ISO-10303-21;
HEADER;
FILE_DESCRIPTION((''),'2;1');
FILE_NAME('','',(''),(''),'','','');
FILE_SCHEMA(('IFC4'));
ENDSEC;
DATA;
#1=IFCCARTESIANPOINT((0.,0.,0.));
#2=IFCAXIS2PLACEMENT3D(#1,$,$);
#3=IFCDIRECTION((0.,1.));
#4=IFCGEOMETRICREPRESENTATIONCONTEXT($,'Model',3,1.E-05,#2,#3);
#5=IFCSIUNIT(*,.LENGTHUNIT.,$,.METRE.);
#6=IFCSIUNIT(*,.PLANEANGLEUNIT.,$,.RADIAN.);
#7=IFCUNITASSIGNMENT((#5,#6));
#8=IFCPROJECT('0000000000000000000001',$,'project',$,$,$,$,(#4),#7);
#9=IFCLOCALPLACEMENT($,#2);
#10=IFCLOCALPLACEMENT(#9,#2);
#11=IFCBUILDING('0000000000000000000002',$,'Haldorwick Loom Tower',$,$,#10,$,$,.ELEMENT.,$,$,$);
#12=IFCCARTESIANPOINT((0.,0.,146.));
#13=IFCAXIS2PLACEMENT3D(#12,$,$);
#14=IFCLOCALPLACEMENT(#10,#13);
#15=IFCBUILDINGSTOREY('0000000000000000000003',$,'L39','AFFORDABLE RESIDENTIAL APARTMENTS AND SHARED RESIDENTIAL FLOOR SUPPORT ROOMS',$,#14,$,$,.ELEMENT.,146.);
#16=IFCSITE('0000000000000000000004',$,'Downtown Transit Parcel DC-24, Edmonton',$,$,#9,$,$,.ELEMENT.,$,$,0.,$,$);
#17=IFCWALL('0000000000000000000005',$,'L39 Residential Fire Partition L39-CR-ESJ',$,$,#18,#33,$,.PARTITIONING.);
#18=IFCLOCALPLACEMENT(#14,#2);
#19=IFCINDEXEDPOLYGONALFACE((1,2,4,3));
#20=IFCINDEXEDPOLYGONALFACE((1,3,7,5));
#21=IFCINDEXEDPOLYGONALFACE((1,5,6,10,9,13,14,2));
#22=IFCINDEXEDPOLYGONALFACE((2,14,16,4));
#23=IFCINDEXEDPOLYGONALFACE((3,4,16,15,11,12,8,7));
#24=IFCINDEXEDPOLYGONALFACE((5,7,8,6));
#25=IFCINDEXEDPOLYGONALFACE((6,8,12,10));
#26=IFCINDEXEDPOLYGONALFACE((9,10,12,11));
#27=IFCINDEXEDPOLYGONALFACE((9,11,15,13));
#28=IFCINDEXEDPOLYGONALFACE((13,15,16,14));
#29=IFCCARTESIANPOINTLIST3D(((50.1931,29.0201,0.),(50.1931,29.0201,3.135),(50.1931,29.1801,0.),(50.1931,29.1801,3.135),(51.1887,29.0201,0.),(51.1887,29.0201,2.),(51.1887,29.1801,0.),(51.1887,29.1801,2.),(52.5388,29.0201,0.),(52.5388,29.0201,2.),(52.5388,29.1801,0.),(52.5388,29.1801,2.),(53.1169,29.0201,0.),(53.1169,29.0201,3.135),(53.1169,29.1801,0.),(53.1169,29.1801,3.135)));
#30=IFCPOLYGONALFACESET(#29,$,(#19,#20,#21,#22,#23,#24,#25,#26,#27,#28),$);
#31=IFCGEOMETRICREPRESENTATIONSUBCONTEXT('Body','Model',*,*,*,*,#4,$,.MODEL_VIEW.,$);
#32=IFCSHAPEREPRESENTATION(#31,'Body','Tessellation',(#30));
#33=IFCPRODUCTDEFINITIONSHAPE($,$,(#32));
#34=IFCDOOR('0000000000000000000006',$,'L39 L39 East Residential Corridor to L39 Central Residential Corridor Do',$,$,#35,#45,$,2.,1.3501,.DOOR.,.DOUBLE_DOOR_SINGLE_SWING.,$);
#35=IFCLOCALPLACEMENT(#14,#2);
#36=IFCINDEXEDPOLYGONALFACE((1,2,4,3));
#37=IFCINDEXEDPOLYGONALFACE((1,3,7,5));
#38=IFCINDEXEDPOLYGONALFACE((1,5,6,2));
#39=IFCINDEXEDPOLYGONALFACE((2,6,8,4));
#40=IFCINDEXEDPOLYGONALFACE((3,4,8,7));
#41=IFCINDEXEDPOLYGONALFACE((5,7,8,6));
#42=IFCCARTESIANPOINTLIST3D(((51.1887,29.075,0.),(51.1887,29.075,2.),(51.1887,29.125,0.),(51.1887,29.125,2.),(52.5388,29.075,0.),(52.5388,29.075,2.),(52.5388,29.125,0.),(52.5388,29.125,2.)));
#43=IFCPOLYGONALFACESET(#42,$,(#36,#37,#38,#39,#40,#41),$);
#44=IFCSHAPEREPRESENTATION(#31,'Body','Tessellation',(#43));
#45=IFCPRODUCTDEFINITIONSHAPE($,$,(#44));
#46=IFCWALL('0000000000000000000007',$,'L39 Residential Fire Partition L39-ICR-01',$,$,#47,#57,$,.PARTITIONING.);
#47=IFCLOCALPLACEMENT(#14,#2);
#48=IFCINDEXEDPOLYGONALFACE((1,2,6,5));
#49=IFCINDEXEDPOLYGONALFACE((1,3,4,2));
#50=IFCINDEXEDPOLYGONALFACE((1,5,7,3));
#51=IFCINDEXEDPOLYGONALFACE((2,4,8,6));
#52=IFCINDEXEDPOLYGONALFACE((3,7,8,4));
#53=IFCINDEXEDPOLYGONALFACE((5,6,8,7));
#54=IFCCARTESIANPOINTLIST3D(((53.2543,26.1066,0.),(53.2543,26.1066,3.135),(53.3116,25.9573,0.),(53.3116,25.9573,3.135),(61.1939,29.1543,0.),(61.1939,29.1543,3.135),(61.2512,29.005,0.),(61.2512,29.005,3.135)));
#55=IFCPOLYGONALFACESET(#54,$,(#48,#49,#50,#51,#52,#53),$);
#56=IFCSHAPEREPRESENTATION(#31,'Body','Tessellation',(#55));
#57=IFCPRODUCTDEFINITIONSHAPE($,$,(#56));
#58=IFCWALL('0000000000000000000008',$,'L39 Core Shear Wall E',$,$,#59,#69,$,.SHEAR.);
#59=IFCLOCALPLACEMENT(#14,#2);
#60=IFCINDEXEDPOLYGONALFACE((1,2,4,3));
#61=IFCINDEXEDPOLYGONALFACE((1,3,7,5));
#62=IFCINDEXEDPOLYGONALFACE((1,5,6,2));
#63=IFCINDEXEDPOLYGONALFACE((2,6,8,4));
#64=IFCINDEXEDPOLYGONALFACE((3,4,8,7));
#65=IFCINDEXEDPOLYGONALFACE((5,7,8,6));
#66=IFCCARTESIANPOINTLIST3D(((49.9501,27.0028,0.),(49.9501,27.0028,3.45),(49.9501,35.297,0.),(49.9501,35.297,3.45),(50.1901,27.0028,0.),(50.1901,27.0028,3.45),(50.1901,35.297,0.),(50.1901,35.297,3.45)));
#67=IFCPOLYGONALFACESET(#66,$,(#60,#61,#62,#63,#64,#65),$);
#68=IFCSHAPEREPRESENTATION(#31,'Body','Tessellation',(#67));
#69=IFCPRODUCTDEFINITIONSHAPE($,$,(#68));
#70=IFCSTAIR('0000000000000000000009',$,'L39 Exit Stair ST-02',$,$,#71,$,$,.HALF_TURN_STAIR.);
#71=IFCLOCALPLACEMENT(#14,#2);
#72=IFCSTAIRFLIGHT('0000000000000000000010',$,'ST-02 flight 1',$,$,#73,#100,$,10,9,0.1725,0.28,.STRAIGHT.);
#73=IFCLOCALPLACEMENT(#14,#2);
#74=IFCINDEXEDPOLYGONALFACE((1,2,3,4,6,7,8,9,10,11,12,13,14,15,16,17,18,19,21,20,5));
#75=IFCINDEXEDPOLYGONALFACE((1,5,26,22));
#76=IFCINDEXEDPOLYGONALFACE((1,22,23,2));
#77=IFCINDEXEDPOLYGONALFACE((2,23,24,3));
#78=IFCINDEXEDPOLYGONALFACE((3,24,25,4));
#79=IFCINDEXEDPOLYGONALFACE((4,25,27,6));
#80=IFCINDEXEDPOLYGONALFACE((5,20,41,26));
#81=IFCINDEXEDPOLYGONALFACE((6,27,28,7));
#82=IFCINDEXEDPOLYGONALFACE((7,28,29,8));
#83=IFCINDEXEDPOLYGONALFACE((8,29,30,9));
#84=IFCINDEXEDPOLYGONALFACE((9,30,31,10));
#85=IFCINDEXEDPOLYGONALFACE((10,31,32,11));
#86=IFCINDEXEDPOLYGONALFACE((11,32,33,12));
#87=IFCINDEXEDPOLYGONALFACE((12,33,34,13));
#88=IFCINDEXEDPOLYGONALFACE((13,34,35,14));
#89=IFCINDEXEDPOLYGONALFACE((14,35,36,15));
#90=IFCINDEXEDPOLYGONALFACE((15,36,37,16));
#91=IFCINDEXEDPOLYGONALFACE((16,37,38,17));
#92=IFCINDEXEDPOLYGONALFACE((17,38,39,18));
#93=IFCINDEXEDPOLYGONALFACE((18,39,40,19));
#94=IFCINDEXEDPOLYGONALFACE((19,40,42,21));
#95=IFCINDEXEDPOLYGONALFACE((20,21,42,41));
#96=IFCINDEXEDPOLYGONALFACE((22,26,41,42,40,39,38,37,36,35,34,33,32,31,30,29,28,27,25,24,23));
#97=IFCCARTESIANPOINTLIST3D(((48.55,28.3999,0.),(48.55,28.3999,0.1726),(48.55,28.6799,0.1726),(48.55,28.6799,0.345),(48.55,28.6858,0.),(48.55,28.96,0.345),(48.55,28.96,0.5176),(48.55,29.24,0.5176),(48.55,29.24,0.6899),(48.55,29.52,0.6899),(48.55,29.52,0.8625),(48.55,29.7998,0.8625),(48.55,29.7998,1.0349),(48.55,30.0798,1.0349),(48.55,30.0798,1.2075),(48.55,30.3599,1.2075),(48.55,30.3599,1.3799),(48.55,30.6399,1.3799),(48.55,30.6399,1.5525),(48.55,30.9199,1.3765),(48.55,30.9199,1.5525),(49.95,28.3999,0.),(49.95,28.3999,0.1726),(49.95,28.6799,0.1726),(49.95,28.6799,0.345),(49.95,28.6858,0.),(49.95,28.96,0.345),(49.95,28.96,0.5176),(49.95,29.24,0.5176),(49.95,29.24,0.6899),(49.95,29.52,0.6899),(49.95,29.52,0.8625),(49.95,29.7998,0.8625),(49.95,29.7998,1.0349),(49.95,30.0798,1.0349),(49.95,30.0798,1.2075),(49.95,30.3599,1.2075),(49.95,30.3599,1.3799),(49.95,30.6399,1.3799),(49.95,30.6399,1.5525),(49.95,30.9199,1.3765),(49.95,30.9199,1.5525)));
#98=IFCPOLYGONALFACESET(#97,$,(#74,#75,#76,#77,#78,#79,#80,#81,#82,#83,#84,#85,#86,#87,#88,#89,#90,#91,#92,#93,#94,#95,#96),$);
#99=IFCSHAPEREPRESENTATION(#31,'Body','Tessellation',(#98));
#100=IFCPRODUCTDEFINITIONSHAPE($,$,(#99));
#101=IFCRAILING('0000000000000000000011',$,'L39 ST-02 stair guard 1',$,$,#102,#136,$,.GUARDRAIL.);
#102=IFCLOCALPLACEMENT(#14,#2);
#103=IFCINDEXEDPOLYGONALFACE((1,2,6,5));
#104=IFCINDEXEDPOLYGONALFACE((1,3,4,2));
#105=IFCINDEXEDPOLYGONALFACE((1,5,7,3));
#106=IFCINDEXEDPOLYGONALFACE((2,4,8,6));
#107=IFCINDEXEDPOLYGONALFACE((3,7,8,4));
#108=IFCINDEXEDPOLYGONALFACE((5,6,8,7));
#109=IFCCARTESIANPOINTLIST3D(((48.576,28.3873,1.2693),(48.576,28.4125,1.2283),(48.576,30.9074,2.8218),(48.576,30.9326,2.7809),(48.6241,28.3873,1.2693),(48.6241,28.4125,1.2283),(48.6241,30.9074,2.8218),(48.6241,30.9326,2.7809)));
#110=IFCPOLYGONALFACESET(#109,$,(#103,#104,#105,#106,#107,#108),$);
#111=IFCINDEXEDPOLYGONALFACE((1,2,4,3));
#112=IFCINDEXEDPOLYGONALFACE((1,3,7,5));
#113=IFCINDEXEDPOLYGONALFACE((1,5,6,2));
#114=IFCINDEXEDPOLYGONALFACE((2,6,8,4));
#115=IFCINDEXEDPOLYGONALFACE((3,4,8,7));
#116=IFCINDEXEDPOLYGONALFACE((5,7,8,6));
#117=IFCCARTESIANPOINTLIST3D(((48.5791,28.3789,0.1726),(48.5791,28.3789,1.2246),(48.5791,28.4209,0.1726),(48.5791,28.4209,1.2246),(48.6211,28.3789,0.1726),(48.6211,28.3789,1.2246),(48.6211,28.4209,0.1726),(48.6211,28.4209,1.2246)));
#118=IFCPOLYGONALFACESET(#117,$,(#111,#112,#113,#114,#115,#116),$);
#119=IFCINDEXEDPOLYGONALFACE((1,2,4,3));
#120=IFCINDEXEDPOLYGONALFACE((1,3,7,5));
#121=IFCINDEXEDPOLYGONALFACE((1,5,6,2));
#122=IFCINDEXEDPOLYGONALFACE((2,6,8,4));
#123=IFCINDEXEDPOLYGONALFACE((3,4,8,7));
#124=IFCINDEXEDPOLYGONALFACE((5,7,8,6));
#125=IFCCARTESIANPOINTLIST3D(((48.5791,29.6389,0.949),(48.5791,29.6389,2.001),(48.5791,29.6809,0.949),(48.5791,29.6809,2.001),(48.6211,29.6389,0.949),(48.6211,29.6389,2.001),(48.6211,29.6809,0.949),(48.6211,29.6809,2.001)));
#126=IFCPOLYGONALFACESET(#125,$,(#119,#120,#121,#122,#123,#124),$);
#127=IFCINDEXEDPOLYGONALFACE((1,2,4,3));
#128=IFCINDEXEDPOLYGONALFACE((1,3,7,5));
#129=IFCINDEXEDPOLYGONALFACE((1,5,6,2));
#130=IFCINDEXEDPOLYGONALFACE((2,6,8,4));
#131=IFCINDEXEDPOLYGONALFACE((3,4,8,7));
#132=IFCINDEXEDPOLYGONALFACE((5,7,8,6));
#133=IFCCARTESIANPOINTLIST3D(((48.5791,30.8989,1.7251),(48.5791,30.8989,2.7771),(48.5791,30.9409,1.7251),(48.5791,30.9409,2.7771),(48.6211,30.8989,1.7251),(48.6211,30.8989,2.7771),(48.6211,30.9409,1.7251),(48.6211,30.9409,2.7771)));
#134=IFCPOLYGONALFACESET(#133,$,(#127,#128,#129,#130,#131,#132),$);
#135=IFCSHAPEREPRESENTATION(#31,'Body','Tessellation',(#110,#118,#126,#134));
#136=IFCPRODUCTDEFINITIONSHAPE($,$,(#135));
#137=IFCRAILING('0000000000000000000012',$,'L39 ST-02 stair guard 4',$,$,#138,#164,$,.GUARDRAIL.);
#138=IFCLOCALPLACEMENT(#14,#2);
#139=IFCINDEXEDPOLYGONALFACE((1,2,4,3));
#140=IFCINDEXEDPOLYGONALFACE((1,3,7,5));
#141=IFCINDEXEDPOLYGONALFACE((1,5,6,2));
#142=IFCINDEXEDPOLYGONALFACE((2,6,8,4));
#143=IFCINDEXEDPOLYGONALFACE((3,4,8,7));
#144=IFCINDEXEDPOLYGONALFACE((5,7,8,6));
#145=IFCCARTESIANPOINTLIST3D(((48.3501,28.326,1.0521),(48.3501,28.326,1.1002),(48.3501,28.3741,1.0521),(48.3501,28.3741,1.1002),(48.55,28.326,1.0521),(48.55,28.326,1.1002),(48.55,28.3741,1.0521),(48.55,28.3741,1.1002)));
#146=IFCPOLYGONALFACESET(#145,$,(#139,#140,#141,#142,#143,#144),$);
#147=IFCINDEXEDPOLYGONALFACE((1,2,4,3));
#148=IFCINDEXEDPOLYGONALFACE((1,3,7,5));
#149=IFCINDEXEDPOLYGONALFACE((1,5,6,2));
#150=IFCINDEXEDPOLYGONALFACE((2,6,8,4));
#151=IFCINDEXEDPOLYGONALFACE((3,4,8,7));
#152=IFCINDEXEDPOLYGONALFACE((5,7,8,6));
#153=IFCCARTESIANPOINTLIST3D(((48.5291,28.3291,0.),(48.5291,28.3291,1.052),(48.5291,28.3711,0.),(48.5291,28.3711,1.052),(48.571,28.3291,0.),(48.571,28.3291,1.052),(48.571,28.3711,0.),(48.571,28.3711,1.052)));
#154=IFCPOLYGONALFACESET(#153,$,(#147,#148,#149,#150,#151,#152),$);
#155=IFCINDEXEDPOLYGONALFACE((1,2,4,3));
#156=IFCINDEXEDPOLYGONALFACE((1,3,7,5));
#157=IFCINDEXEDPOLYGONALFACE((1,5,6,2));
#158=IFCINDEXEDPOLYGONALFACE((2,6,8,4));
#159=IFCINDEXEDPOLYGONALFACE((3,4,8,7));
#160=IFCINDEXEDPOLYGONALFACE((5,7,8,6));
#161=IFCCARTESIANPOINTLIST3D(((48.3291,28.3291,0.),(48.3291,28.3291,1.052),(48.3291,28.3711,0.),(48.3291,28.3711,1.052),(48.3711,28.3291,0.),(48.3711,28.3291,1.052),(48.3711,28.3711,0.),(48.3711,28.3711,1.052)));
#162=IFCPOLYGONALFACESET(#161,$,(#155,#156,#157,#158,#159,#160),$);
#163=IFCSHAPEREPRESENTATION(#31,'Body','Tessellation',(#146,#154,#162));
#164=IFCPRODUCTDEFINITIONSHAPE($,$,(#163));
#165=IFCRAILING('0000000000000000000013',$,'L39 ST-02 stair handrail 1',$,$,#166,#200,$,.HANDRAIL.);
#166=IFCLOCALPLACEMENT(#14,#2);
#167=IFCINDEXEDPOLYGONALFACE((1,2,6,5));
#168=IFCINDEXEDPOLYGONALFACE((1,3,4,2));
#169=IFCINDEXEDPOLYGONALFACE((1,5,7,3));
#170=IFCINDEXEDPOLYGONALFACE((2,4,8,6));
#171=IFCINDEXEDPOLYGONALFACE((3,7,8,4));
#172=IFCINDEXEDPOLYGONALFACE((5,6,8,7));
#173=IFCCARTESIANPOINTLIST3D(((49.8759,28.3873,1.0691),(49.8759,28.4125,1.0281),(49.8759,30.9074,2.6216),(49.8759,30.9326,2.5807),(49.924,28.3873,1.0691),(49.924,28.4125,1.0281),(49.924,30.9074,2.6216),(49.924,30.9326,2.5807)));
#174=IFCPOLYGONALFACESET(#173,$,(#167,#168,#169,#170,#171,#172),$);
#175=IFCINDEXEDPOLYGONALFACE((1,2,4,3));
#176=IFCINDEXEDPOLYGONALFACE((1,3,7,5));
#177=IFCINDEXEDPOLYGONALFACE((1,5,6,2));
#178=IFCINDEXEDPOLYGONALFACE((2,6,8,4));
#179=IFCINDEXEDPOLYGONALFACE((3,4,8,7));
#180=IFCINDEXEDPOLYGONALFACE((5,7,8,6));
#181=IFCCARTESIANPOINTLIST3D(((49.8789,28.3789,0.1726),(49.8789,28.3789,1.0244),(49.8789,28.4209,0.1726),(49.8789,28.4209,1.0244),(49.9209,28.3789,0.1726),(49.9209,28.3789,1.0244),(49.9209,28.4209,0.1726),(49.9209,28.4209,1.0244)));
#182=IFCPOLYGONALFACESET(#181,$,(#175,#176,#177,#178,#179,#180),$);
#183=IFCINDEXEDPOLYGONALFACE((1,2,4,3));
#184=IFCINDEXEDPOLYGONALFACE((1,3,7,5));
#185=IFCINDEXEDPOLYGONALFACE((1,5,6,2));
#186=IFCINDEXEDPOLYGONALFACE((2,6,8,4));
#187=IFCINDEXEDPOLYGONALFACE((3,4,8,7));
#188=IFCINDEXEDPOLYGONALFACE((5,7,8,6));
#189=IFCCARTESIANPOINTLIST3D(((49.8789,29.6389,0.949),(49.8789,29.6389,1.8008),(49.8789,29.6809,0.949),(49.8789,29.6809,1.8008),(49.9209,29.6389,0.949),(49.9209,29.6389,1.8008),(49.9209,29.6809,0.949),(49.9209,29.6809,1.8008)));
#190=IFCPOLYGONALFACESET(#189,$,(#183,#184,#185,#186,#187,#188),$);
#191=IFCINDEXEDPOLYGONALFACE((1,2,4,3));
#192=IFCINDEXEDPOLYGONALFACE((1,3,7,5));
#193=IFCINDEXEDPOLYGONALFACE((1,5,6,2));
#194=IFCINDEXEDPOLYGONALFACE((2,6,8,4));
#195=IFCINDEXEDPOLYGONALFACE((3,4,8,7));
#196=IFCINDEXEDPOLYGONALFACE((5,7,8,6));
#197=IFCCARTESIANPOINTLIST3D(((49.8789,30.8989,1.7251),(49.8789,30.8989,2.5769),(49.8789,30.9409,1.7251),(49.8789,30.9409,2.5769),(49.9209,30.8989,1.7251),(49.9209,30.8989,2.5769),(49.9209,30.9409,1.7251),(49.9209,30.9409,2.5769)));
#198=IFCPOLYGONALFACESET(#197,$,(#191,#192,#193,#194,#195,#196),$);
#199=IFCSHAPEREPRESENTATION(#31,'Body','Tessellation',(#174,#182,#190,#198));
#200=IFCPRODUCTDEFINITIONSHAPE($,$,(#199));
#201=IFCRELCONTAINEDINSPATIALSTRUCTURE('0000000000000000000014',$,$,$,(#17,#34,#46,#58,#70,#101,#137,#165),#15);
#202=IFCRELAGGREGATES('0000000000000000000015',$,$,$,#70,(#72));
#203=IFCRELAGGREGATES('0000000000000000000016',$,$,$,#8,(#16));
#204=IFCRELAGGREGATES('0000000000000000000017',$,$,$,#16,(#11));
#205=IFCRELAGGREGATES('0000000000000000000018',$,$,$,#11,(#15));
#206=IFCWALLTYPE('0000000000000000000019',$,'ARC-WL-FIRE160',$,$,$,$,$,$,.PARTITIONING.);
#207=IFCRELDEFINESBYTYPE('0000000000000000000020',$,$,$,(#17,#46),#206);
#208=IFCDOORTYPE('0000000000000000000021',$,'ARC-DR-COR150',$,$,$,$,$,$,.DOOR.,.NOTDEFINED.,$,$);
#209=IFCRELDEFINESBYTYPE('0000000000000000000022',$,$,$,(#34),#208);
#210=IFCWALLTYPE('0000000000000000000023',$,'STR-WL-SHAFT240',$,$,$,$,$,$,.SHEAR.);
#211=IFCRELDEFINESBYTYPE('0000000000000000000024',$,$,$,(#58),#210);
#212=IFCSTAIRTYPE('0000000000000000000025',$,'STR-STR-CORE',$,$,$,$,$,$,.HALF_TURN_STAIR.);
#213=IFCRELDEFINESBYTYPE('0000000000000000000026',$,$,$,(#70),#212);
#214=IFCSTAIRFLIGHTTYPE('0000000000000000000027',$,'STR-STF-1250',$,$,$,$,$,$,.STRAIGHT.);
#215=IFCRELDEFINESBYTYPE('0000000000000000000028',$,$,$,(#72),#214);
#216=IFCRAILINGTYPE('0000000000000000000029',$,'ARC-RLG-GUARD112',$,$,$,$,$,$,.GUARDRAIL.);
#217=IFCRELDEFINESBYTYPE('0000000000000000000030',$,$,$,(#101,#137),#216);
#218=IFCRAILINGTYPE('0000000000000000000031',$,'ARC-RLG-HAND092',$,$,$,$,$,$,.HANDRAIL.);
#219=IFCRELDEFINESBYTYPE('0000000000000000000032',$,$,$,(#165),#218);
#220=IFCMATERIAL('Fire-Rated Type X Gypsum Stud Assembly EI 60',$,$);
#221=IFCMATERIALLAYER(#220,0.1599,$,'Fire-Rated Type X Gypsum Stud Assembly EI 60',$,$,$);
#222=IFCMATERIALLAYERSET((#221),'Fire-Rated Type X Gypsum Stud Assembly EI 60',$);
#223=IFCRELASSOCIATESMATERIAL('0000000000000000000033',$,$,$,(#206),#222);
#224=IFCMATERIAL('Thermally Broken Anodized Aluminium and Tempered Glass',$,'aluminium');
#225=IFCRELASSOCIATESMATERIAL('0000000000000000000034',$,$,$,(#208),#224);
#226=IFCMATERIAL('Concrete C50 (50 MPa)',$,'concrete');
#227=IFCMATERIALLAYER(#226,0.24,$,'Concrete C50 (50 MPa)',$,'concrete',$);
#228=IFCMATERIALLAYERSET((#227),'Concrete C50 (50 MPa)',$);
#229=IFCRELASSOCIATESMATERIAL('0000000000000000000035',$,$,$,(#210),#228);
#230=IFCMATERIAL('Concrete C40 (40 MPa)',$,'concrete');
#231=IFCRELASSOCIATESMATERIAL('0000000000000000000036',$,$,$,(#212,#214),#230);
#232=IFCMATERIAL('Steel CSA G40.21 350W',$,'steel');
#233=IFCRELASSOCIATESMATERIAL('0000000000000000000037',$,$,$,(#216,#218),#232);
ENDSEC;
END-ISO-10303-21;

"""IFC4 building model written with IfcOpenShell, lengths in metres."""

from ifc_helpers import new_model, si_unit, direction, frame, frame_2d, origin, origin_2d, place, context, subcontext, project, spatial, polyline, rectangle, outline, extrude, material, layer, layer_set, type_object, element, fill, aggregate, save


model = new_model("IFC4")

# Units and contexts
model_context = context("Model", 3, precision=1e-05, world=origin(), true_north=direction((0.0, 1.0)))
body_context = subcontext(model_context, "Body", "Model", "MODEL_VIEW")
ifc_project = project(units=[si_unit("LENGTHUNIT", "METRE"), si_unit("PLANEANGLEUNIT", "RADIAN")], contexts=[model_context])

# Site, building, storey
site_placement = place(None, origin())
site = spatial("IfcSite", under=ifc_project, at=site_placement, Name="Downtown Transit Parcel DC-24, Edmonton", CompositionType="ELEMENT", RefElevation=0.0)
building_placement = place(site_placement, origin())
building = spatial("IfcBuilding", under=site, at=building_placement, Name="Haldorwick Loom Tower", CompositionType="ELEMENT")
storey_placement = place(building_placement, frame((0.0, 0.0, 146.0)))
storey = spatial("IfcBuildingStorey", under=building, at=storey_placement, Name="L39", Description="AFFORDABLE RESIDENTIAL APARTMENTS AND SHARED RESIDENTIAL FLOOR SUPPORT ROOMS", CompositionType="ELEMENT", Elevation=146.0)

# Shared definitions
ifc_material_1 = material(Name="Steel CSA G40.21 350W", Category="steel")

# Wall, opening, door
ifc_material_2 = material(Name="Fire-Rated Type X Gypsum Stud Assembly EI 60")
ifc_layer_1 = layer(ifc_material_2, 0.1599, Name="Fire-Rated Type X Gypsum Stud Assembly EI 60")
ifc_layer_set_1 = layer_set([ifc_layer_1], Name="Fire-Rated Type X Gypsum Stud Assembly EI 60")
wall_type_1 = type_object("IfcWallType", Name="ARC-WL-FIRE160", PredefinedType="PARTITIONING", material=ifc_layer_set_1)
wall_1_placement = place(storey_placement, frame((50.1931, 29.1001, 0.0), z_axis=(0.0, 0.0, 1.0), x_axis=(1.0, 0.0, 0.0)))
wall_1 = element("IfcWall", 1, at=wall_1_placement, inside=storey, type_object=wall_type_1, Name="L39 Residential Fire Partition L39-CR-ESJ", PredefinedType="PARTITIONING", context=body_context, shape_type="SweptSolid", body=[
    extrude(rectangle(XDim=2.9238, YDim=0.1599, at=frame_2d((1.4619, 0.0))), origin(), (0.0, 0.0, 1.0), 3.135),
])
opening_1_placement = place(wall_1_placement, frame((0.9956, 0.0, 0.0)))
opening_1 = element("IfcOpeningElement", 2, at=opening_1_placement, cuts=wall_1, PredefinedType="OPENING", context=body_context, shape_type="SweptSolid", body=[
    extrude(rectangle(XDim=1.3501, YDim=2.0, at=frame_2d((0.675, 1.0))), frame((0.0, 0.0898, 0.0), z_axis=(0.0, -1.0, 0.0), x_axis=(1.0, 0.0, 0.0)), (0.0, 0.0, 1.0), 0.1799),
])
ifc_material_3 = material(Name="Thermally Broken Anodized Aluminium and Tempered Glass", Category="aluminium")
door_type_1 = type_object("IfcDoorType", Name="ARC-DR-COR150", OperationType="NOTDEFINED", PredefinedType="DOOR", material=ifc_material_3)
door_1_placement = place(opening_1_placement, origin())
door_1 = element("IfcDoor", 3, at=door_1_placement, inside=storey, type_object=door_type_1, Name="L39 L39 East Residential Corridor to L39 Central Residential Corridor Do", OperationType="DOUBLE_DOOR_SINGLE_SWING", OverallHeight=2.0, OverallWidth=1.3501, PredefinedType="DOOR", context=body_context, shape_type="SweptSolid", body=[
    extrude(rectangle(XDim=1.3501, YDim=2.0, at=frame_2d((0.675, 1.0))), frame((0.0, 0.0249, 0.0), z_axis=(0.0, -1.0, 0.0), x_axis=(1.0, 0.0, 0.0)), (0.0, 0.0, 1.0), 0.05),
])
fill(opening_1, door_1)

# Walls
wall_2_placement = place(storey_placement, frame((53.283, 26.032, 0.0), z_axis=(0.0, 0.0, 1.0), x_axis=(0.933583, 0.358361, 0.0)))
element("IfcWall", 4, at=wall_2_placement, inside=storey, type_object=wall_type_1, Name="L39 Residential Fire Partition L39-ICR-01", PredefinedType="PARTITIONING", context=body_context, shape_type="SweptSolid", body=[
    extrude(rectangle(XDim=8.5044, YDim=0.1599, at=frame_2d((4.2522, 0.0))), origin(), (0.0, 0.0, 1.0), 3.135),
])
ifc_material_4 = material(Name="Concrete C50 (50 MPa)", Category="concrete")
ifc_layer_2 = layer(ifc_material_4, 0.24, Name="Concrete C50 (50 MPa)", Category="concrete")
ifc_layer_set_2 = layer_set([ifc_layer_2], Name="Concrete C50 (50 MPa)")
wall_type_2 = type_object("IfcWallType", Name="STR-WL-SHAFT240", PredefinedType="SHEAR", material=ifc_layer_set_2)
wall_3_placement = place(storey_placement, frame((50.0701, 27.0029, 0.0), z_axis=(0.0, 0.0, 1.0), x_axis=(0.0, 1.0, 0.0)))
element("IfcWall", 5, at=wall_3_placement, inside=storey, type_object=wall_type_2, Name="L39 Core Shear Wall E", PredefinedType="SHEAR", context=body_context, shape_type="SweptSolid", body=[
    extrude(rectangle(XDim=8.2942, YDim=0.24, at=frame_2d((4.147, 0.0))), origin(), (0.0, 0.0, 1.0), 3.45),
])

# Stair, stair flight
ifc_material_5 = material(Name="Concrete C40 (40 MPa)", Category="concrete")
stair_type = type_object("IfcStairType", Name="STR-STR-CORE", PredefinedType="HALF_TURN_STAIR", material=ifc_material_5)
stair_placement = place(storey_placement, origin())
stair = element("IfcStair", 6, at=stair_placement, inside=storey, type_object=stair_type, Name="L39 Exit Stair ST-02", PredefinedType="HALF_TURN_STAIR")
stair_flight_type = type_object("IfcStairFlightType", Name="STR-STF-1250", PredefinedType="STRAIGHT", material=ifc_material_5)
stair_flight_placement = place(storey_placement, frame((49.25, 28.3999, 0.0), z_axis=(0.0, 0.0, 1.0), x_axis=(0.0, 1.0, 0.0)))
stair_flight = element("IfcStairFlight", 7, at=stair_flight_placement, type_object=stair_flight_type, Name="ST-02 flight 1", NumberOfRisers=10, NumberOfTreads=9, PredefinedType="STRAIGHT", RiserHeight=0.1725, TreadLength=0.28, context=body_context, shape_type="SweptSolid", body=[
    extrude(outline(polyline([(0.0, 0.0), (0.0, 0.1726), (0.28, 0.1726), (0.28, 0.345), (0.5601, 0.345), (0.5601, 0.5176), (0.8401, 0.5176), (0.8401, 0.6899), (1.1201, 0.6899), (1.1201, 0.8625), (1.3999, 0.8625), (1.3999, 1.0349), (1.6799, 1.0349), (1.6799, 1.2075), (1.96, 1.2075), (1.96, 1.3799), (2.24, 1.3799), (2.24, 1.5525), (2.52, 1.5525), (2.52, 1.7251), (2.52, 1.3765), (0.2859, 0.0), (0.0, 0.0)])), frame((0.0, 0.7, 0.0), z_axis=(0.0, -1.0, 0.0), x_axis=(1.0, 0.0, 0.0)), (0.0, 0.0, 1.0), 1.3999),
])
aggregate(stair, [stair_flight])

# Railings
railing_type_1 = type_object("IfcRailingType", Name="ARC-RLG-GUARD112", PredefinedType="GUARDRAIL", material=ifc_material_1)
railing_1_placement = place(storey_placement, frame((48.6001, 28.3999, 0.1726)))
element("IfcRailing", 8, at=railing_1_placement, inside=storey, type_object=railing_type_1, Name="L39 ST-02 stair guard 1", PredefinedType="GUARDRAIL", context=body_context, shape_type="SweptSolid", body=[
    extrude(rectangle(XDim=0.0481, YDim=0.0481, at=origin_2d()), frame((0.0, 0.0, 1.0762), z_axis=(0.0, 0.8514, 0.524516), x_axis=(-1.0, 0.0, 0.0)), (0.0, 0.0, 1.0), 2.96),
    extrude(rectangle(XDim=0.042, YDim=0.042, at=origin_2d()), origin(), (0.0, 0.0, 1.0), 1.052),
    extrude(rectangle(XDim=0.042, YDim=0.042, at=origin_2d()), frame((0.0, 1.26, 0.7764)), (0.0, 0.0, 1.0), 1.052),
    extrude(rectangle(XDim=0.042, YDim=0.042, at=origin_2d()), frame((0.0, 2.52, 1.5525)), (0.0, 0.0, 1.0), 1.052),
])
railing_2_placement = place(storey_placement, frame((48.55, 28.3501, 0.0)))
element("IfcRailing", 9, at=railing_2_placement, inside=storey, type_object=railing_type_1, Name="L39 ST-02 stair guard 4", PredefinedType="GUARDRAIL", context=body_context, shape_type="SweptSolid", body=[
    extrude(rectangle(XDim=0.0481, YDim=0.0481, at=origin_2d()), frame((0.0, 0.0, 1.0762), z_axis=(-1.0, 0.0, 0.0), x_axis=(0.0, -1.0, 0.0)), (0.0, 0.0, 1.0), 0.2),
    extrude(rectangle(XDim=0.042, YDim=0.042, at=origin_2d()), origin(), (0.0, 0.0, 1.0), 1.052),
    extrude(rectangle(XDim=0.042, YDim=0.042, at=origin_2d()), frame((-0.2, 0.0, 0.0)), (0.0, 0.0, 1.0), 1.052),
])
railing_type_2 = type_object("IfcRailingType", Name="ARC-RLG-HAND092", PredefinedType="HANDRAIL", material=ifc_material_1)
railing_3_placement = place(storey_placement, frame((49.8999, 28.3999, 0.1726)))
element("IfcRailing", 10, at=railing_3_placement, inside=storey, type_object=railing_type_2, Name="L39 ST-02 stair handrail 1", PredefinedType="HANDRAIL", context=body_context, shape_type="SweptSolid", body=[
    extrude(rectangle(XDim=0.0481, YDim=0.0481, at=origin_2d()), frame((0.0, 0.0, 0.876), z_axis=(0.0, 0.8514, 0.524516), x_axis=(-1.0, 0.0, 0.0)), (0.0, 0.0, 1.0), 2.96),
    extrude(rectangle(XDim=0.042, YDim=0.042, at=origin_2d()), origin(), (0.0, 0.0, 1.0), 0.8518),
    extrude(rectangle(XDim=0.042, YDim=0.042, at=origin_2d()), frame((0.0, 1.26, 0.7764)), (0.0, 0.0, 1.0), 0.8518),
    extrude(rectangle(XDim=0.042, YDim=0.042, at=origin_2d()), frame((0.0, 2.52, 1.5525)), (0.0, 0.0, 1.0), 0.8518),
])

save(model, "model.ifc")
